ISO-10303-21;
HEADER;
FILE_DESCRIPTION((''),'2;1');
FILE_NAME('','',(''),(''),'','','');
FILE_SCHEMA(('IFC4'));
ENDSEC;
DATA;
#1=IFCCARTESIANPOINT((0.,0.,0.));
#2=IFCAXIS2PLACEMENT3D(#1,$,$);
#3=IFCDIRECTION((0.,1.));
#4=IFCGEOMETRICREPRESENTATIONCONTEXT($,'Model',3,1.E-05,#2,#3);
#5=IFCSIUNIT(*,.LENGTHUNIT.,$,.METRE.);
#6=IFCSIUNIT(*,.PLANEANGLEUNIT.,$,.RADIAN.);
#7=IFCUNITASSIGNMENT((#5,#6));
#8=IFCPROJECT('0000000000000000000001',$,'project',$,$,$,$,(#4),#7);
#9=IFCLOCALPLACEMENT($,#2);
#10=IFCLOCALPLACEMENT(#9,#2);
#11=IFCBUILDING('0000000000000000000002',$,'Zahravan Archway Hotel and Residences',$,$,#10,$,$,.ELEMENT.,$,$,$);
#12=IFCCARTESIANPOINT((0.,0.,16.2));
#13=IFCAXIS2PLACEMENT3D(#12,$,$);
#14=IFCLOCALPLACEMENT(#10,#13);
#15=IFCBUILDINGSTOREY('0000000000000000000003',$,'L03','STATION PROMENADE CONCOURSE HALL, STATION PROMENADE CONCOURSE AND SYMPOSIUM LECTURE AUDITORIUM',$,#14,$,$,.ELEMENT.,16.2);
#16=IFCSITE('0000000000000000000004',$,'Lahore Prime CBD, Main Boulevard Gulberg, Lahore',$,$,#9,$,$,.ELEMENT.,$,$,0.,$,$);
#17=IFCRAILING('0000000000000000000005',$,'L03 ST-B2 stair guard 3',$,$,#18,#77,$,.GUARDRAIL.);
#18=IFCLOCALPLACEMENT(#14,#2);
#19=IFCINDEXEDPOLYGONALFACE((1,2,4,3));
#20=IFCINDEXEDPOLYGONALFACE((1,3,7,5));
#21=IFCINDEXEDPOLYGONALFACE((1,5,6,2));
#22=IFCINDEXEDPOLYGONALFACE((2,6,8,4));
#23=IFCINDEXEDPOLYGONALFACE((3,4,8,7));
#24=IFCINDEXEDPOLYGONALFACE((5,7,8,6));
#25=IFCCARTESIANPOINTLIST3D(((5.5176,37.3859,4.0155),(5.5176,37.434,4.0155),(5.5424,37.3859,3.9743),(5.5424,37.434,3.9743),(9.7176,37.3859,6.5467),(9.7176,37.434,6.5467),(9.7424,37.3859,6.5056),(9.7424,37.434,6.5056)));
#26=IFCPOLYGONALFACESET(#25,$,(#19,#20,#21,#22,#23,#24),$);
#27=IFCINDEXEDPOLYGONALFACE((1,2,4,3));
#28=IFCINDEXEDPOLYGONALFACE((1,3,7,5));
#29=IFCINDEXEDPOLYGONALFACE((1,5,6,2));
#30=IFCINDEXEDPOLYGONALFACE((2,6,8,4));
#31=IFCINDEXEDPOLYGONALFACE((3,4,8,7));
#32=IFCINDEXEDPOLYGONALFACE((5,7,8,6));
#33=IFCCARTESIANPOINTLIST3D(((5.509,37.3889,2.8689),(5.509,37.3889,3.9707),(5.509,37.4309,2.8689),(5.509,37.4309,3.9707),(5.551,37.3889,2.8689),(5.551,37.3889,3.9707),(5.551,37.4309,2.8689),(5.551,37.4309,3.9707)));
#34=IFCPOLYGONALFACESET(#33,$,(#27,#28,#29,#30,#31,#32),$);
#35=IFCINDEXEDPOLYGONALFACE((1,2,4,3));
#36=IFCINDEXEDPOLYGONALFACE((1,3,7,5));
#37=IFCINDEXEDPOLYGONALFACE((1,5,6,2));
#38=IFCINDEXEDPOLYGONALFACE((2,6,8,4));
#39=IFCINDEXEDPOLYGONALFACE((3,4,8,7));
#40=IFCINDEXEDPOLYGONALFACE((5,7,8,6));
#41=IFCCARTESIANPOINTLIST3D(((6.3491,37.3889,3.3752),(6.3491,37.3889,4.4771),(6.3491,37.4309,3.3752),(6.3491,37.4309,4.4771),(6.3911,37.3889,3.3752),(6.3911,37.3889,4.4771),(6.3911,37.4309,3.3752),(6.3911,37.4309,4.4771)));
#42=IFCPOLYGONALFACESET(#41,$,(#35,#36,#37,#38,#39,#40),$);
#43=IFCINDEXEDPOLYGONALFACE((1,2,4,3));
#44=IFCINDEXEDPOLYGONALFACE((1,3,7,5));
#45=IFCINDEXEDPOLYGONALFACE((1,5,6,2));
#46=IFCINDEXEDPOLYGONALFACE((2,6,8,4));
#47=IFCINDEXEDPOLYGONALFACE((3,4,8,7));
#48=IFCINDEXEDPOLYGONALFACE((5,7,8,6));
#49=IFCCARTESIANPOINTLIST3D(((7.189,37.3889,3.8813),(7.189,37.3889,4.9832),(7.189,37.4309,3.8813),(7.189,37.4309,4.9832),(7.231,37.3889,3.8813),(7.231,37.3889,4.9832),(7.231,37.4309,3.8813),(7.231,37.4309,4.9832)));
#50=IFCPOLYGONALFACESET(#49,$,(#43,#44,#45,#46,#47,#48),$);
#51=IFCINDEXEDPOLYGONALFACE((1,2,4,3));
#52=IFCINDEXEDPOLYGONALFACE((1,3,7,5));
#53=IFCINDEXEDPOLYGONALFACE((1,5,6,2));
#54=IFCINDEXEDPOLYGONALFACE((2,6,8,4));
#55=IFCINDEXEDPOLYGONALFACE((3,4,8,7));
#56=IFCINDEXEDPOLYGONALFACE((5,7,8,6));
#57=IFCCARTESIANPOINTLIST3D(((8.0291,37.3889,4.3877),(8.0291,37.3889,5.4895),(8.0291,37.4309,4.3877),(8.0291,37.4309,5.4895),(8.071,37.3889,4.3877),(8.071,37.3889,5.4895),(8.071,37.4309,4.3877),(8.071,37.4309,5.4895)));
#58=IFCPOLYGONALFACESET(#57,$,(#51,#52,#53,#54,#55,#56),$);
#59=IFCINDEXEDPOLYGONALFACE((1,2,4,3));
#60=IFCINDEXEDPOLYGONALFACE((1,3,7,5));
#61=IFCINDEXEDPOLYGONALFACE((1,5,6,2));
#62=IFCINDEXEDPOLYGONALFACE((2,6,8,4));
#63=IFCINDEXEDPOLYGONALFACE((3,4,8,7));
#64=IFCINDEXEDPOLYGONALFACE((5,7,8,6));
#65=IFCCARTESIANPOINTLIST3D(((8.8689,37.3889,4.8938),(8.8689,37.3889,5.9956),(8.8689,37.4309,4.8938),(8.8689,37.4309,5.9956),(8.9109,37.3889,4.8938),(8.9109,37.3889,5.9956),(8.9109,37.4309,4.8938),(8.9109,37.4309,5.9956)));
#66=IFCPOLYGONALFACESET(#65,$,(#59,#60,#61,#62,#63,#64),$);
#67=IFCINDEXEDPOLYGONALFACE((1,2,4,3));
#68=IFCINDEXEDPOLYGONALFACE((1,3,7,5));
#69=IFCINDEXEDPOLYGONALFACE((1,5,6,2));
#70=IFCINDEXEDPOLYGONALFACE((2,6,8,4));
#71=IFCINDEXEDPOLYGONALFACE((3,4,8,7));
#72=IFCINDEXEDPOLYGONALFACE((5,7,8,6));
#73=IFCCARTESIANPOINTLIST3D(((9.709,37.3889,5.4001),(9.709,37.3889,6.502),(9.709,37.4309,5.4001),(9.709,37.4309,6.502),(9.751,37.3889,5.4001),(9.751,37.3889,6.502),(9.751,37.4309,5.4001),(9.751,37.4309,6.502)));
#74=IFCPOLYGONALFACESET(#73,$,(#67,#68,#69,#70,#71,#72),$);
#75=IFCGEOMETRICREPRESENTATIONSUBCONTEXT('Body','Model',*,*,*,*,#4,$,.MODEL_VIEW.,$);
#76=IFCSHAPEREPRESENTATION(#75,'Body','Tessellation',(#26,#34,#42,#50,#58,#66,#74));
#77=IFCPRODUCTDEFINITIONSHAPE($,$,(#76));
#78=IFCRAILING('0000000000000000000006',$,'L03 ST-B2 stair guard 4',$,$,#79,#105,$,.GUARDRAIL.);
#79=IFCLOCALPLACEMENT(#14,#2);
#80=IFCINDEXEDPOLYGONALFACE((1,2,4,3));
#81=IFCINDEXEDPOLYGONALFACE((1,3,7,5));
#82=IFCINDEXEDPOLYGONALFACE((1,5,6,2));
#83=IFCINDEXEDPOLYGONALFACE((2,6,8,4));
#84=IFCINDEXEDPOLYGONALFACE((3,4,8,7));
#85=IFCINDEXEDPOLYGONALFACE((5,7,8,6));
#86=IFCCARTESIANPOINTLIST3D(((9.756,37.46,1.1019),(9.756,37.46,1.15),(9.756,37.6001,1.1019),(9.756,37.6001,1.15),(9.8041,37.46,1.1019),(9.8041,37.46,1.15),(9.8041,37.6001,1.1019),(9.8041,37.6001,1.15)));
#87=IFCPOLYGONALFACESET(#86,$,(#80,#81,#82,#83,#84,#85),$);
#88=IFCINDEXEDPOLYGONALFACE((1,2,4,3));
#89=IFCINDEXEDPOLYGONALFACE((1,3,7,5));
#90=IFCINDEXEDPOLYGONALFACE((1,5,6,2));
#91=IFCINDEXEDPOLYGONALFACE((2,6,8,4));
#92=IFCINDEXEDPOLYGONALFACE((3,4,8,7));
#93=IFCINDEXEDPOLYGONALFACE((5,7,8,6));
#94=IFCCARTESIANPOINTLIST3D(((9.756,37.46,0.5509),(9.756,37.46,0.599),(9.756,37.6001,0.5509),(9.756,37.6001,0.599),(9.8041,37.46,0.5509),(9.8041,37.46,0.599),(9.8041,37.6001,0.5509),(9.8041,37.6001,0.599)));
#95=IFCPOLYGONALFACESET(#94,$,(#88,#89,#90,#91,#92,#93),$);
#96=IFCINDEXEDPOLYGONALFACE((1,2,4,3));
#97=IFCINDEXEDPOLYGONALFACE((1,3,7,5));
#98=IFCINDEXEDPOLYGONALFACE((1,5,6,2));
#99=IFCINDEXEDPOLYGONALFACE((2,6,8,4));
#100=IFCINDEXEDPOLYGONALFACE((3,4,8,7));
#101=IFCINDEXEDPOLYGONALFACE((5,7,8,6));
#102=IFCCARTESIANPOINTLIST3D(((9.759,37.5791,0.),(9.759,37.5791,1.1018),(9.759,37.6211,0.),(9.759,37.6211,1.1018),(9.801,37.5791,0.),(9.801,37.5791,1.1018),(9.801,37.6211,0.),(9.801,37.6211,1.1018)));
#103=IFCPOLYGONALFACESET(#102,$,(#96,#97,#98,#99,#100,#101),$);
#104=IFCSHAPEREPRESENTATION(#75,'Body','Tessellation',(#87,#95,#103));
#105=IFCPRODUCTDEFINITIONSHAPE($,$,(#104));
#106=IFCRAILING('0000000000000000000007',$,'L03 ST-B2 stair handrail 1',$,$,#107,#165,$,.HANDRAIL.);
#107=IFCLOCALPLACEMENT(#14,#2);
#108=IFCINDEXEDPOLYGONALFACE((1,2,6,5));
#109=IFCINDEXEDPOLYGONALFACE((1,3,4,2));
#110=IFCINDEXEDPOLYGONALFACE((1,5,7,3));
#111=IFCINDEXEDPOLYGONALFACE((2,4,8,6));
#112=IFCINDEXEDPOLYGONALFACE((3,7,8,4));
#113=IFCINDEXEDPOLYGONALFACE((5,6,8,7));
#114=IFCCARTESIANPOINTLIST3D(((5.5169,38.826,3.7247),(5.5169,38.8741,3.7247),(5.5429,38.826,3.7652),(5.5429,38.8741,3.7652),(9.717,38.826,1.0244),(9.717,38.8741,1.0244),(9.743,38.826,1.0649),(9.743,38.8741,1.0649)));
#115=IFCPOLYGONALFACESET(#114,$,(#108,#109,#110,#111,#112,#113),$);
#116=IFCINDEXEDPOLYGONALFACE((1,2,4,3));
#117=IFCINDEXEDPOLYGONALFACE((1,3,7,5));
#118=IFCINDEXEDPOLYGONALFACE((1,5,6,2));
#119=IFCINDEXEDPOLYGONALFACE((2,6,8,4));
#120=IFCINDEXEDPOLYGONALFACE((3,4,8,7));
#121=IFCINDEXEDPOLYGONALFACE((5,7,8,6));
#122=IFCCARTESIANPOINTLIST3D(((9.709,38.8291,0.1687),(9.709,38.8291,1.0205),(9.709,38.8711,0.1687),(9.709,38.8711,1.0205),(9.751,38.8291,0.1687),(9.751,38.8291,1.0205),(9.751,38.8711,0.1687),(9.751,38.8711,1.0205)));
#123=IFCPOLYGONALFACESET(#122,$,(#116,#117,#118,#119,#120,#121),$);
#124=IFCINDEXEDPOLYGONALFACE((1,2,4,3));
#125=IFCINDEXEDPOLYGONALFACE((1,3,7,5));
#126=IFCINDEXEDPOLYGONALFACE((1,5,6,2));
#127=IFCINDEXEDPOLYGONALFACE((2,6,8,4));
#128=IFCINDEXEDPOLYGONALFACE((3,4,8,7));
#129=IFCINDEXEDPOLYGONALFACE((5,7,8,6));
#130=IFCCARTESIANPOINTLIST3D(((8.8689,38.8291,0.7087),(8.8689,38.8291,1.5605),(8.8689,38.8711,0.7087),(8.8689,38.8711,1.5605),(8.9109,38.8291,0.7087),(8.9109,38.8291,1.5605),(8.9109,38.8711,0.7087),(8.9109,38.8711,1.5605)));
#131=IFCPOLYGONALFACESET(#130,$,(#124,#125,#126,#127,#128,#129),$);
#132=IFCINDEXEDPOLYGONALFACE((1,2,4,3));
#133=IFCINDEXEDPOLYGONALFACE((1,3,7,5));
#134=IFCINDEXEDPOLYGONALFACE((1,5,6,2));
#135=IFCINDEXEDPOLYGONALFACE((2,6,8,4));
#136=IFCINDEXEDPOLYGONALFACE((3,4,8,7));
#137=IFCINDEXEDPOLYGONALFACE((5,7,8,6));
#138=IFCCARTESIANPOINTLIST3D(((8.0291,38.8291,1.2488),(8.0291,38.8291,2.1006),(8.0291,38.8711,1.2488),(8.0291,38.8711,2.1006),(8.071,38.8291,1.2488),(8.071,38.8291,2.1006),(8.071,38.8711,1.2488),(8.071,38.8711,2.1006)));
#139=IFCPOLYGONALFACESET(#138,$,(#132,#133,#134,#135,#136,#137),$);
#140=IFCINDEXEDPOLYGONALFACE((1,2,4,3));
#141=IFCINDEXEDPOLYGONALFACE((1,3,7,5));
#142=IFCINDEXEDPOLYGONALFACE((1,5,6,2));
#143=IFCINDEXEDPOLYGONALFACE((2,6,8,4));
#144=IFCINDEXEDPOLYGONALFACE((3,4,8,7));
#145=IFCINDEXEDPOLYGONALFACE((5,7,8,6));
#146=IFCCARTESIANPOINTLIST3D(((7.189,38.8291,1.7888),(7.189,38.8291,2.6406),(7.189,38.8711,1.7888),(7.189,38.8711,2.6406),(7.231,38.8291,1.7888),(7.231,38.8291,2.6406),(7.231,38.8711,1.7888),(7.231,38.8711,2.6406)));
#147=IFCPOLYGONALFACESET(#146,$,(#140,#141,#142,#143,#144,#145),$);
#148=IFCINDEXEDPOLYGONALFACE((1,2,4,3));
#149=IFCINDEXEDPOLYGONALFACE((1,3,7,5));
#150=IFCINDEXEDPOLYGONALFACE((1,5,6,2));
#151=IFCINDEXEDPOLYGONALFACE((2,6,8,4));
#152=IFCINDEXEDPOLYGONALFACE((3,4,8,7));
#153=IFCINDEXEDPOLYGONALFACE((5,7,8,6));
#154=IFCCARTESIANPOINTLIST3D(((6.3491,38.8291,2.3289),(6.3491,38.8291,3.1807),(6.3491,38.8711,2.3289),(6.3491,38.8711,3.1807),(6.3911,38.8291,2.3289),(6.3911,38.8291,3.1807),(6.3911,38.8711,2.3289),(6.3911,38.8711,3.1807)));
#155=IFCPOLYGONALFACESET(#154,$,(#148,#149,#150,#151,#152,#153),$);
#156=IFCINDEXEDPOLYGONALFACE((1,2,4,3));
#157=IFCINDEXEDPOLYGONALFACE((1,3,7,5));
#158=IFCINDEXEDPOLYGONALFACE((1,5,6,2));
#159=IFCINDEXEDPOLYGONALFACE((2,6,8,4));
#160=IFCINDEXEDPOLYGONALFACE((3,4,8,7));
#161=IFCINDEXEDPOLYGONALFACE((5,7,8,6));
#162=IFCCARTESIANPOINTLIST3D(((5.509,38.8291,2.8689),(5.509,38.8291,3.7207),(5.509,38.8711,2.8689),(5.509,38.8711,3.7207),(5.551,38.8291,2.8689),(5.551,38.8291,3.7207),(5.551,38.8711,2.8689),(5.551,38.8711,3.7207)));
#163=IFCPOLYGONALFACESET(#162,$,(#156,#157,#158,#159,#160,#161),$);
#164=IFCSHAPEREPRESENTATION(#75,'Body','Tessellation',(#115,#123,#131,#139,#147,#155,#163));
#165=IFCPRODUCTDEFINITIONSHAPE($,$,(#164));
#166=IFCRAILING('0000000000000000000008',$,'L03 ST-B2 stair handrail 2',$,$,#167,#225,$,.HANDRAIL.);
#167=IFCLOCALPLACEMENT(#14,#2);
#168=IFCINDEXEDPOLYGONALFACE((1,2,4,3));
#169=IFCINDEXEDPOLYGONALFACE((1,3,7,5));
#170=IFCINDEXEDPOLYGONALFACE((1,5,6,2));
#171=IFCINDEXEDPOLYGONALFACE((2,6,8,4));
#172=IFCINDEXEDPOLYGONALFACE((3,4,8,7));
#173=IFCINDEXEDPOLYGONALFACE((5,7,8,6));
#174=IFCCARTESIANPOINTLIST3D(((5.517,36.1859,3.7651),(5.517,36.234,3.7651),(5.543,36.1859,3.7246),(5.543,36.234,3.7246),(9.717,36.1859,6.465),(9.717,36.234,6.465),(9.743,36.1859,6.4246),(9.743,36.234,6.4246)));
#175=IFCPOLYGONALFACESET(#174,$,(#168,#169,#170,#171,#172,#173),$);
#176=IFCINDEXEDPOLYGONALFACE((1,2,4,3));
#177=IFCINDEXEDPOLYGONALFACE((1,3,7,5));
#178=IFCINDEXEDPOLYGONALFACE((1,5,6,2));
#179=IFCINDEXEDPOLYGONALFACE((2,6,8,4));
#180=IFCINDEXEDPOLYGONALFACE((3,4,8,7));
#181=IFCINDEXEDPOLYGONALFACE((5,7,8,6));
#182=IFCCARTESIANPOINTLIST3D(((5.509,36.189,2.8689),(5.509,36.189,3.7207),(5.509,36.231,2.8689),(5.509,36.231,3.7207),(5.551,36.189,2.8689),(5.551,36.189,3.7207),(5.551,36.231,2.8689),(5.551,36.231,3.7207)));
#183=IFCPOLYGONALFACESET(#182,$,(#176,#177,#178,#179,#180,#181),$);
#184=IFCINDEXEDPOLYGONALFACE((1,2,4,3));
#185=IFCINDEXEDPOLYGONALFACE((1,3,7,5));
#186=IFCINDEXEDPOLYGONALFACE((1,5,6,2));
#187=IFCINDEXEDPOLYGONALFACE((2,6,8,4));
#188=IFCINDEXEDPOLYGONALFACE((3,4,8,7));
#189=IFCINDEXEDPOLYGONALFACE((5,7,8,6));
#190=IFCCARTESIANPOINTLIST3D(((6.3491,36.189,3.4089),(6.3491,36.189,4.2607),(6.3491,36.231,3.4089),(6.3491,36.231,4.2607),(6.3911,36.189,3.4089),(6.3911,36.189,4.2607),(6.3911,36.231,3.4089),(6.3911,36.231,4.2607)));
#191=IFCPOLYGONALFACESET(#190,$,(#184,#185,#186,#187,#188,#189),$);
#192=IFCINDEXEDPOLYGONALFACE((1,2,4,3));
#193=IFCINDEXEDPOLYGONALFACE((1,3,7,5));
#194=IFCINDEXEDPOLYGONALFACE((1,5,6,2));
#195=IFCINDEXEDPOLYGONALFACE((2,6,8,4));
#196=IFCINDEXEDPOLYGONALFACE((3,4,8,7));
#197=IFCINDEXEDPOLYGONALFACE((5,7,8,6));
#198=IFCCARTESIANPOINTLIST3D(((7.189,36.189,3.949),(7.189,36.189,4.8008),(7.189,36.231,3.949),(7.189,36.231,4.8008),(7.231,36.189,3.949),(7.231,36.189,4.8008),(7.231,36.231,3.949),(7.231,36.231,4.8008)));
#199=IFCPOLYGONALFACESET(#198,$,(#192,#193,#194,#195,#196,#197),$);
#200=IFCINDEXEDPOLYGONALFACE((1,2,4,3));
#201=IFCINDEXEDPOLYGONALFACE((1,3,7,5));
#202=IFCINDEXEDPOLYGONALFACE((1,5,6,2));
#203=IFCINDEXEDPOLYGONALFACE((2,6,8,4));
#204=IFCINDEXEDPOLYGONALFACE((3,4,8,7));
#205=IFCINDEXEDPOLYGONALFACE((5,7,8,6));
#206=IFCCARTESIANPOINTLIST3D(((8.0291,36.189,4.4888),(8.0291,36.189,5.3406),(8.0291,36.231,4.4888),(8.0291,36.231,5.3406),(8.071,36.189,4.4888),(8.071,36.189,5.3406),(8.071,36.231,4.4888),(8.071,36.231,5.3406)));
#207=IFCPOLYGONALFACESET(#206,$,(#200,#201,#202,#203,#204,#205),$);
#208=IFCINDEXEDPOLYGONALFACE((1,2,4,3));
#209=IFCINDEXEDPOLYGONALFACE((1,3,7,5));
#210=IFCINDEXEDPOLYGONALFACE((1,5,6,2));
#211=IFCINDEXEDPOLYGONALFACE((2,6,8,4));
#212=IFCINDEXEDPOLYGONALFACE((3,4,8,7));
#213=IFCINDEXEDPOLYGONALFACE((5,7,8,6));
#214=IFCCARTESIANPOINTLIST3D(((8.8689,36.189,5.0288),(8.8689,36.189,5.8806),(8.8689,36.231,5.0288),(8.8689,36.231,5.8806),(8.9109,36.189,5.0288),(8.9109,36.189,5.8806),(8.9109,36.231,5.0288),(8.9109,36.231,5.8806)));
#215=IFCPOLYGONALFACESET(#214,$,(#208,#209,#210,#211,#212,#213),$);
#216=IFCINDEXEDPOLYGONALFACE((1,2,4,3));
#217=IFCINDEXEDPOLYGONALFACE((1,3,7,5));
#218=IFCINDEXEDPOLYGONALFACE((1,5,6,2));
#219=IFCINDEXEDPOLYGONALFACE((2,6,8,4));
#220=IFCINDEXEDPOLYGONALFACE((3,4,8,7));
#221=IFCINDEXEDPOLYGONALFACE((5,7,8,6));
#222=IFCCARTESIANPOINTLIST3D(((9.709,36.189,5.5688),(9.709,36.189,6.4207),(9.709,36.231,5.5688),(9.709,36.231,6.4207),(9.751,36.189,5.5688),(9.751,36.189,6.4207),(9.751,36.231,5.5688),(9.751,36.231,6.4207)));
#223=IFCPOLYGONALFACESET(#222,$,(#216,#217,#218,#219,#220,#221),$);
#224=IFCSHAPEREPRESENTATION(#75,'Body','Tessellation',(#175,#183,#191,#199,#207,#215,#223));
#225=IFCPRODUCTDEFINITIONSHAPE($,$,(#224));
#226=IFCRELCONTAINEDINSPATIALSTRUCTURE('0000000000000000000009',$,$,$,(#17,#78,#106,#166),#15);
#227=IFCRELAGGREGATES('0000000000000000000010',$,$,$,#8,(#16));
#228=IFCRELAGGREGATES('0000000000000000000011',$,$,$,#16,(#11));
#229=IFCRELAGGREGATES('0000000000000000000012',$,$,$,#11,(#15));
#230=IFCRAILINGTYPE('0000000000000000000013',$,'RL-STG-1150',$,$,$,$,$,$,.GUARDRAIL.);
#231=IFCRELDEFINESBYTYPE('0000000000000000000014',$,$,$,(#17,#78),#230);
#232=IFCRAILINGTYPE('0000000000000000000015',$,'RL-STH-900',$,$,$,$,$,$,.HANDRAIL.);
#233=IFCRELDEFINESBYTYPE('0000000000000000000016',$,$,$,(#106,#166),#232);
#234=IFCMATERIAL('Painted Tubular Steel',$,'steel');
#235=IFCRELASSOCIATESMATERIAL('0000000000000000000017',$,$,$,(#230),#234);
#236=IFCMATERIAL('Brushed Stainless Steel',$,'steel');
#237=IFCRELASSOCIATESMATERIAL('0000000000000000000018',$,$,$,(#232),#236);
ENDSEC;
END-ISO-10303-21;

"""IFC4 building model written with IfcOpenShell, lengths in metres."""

from ifc_helpers import new_model, si_unit, direction, frame, origin, origin_2d, place, context, subcontext, project, spatial, rectangle, extrude, material, type_object, element, save


model = new_model("IFC4")

# Units and contexts
model_context = context("Model", 3, precision=1e-05, world=origin(), true_north=direction((0.0, 1.0)))
body_context = subcontext(model_context, "Body", "Model", "MODEL_VIEW")
ifc_project = project(units=[si_unit("LENGTHUNIT", "METRE"), si_unit("PLANEANGLEUNIT", "RADIAN")], contexts=[model_context])

# Site, building, storey
site_placement = place(None, origin())
site = spatial("IfcSite", under=ifc_project, at=site_placement, Name="Lahore Prime CBD, Main Boulevard Gulberg, Lahore", CompositionType="ELEMENT", RefElevation=0.0)
building_placement = place(site_placement, origin())
building = spatial("IfcBuilding", under=site, at=building_placement, Name="Zahravan Archway Hotel and Residences", CompositionType="ELEMENT")
storey_placement = place(building_placement, frame((0.0, 0.0, 16.2)))
storey = spatial("IfcBuildingStorey", under=building, at=storey_placement, Name="L03", Description="STATION PROMENADE CONCOURSE HALL, STATION PROMENADE CONCOURSE AND SYMPOSIUM LECTURE AUDITORIUM", CompositionType="ELEMENT", Elevation=16.2)

# Railings
ifc_material_1 = material(Name="Painted Tubular Steel", Category="steel")
railing_type_1 = type_object("IfcRailingType", Name="RL-STG-1150", PredefinedType="GUARDRAIL", material=ifc_material_1)
railing_1_placement = place(storey_placement, frame((5.53, 37.4099, 2.8689)))
element("IfcRailing", 1, at=railing_1_placement, inside=storey, type_object=railing_type_1, Name="L03 ST-B2 stair guard 3", PredefinedType="GUARDRAIL", context=body_context, shape_type="SweptSolid", body=[
    extrude(rectangle(XDim=0.0481, YDim=0.0481, at=origin_2d()), frame((0.0, 0.0, 1.126), z_axis=(0.856476, 0.0, 0.516186), x_axis=(0.0, 1.0, 0.0)), (0.0, 0.0, 1.0), 4.9038),
    extrude(rectangle(XDim=0.042, YDim=0.042, at=origin_2d()), origin(), (0.0, 0.0, 1.0), 1.1018),
    extrude(rectangle(XDim=0.042, YDim=0.042, at=origin_2d()), frame((0.8401, 0.0, 0.5063)), (0.0, 0.0, 1.0), 1.1018),
    extrude(rectangle(XDim=0.042, YDim=0.042, at=origin_2d()), frame((1.6799, 0.0, 1.0125)), (0.0, 0.0, 1.0), 1.1018),
    extrude(rectangle(XDim=0.042, YDim=0.042, at=origin_2d()), frame((2.52, 0.0, 1.5188)), (0.0, 0.0, 1.0), 1.1018),
    extrude(rectangle(XDim=0.042, YDim=0.042, at=origin_2d()), frame((3.3599, 0.0, 2.0249)), (0.0, 0.0, 1.0), 1.1018),
    extrude(rectangle(XDim=0.042, YDim=0.042, at=origin_2d()), frame((4.2, 0.0, 2.5312)), (0.0, 0.0, 1.0), 1.1018),
])
railing_2_placement = place(storey_placement, frame((9.78, 37.6001, 0.0)))
element("IfcRailing", 2, at=railing_2_placement, inside=storey, type_object=railing_type_1, Name="L03 ST-B2 stair guard 4", PredefinedType="GUARDRAIL", context=body_context, shape_type="SweptSolid", body=[
    extrude(rectangle(XDim=0.0481, YDim=0.0481, at=origin_2d()), frame((0.0, 0.0, 1.126), z_axis=(0.0, -1.0, 0.0), x_axis=(1.0, 0.0, 0.0)), (0.0, 0.0, 1.0), 0.1401),
    extrude(rectangle(XDim=0.0481, YDim=0.0481, at=origin_2d()), frame((0.0, 0.0, 0.575), z_axis=(0.0, -1.0, 0.0), x_axis=(1.0, 0.0, 0.0)), (0.0, 0.0, 1.0), 0.1401),
    extrude(rectangle(XDim=0.042, YDim=0.042, at=origin_2d()), origin(), (0.0, 0.0, 1.0), 1.1018),
])
ifc_material_2 = material(Name="Brushed Stainless Steel", Category="steel")
railing_type_2 = type_object("IfcRailingType", Name="RL-STH-900", PredefinedType="HANDRAIL", material=ifc_material_2)
railing_3_placement = place(storey_placement, frame((9.73, 38.8501, 0.1687)))
element("IfcRailing", 3, at=railing_3_placement, inside=storey, type_object=railing_type_2, Name="L03 ST-B2 stair handrail 1", PredefinedType="HANDRAIL", context=body_context, shape_type="SweptSolid", body=[
    extrude(rectangle(XDim=0.0481, YDim=0.0481, at=origin_2d()), frame((0.0, 0.0, 0.876), z_axis=(-0.841158, 0.0, 0.54079), x_axis=(0.0, -1.0, 0.0)), (0.0, 0.0, 1.0), 4.9932),
    extrude(rectangle(XDim=0.042, YDim=0.042, at=origin_2d()), origin(), (0.0, 0.0, 1.0), 0.8518),
    extrude(rectangle(XDim=0.042, YDim=0.042, at=origin_2d()), frame((-0.8401, 0.0, 0.54)), (0.0, 0.0, 1.0), 0.8518),
    extrude(rectangle(XDim=0.042, YDim=0.042, at=origin_2d()), frame((-1.6799, 0.0, 1.0801)), (0.0, 0.0, 1.0), 0.8518),
    extrude(rectangle(XDim=0.042, YDim=0.042, at=origin_2d()), frame((-2.52, 0.0, 1.6201)), (0.0, 0.0, 1.0), 0.8518),
    extrude(rectangle(XDim=0.042, YDim=0.042, at=origin_2d()), frame((-3.3599, 0.0, 2.1602)), (0.0, 0.0, 1.0), 0.8518),
    extrude(rectangle(XDim=0.042, YDim=0.042, at=origin_2d()), frame((-4.2, 0.0, 2.7002)), (0.0, 0.0, 1.0), 0.8518),
])
railing_4_placement = place(storey_placement, frame((5.53, 36.21, 2.8689)))
element("IfcRailing", 4, at=railing_4_placement, inside=storey, type_object=railing_type_2, Name="L03 ST-B2 stair handrail 2", PredefinedType="HANDRAIL", context=body_context, shape_type="SweptSolid", body=[
    extrude(rectangle(XDim=0.0481, YDim=0.0481, at=origin_2d()), frame((0.0, 0.0, 0.876), z_axis=(0.84118, 0.0, 0.540755), x_axis=(0.0, 1.0, 0.0)), (0.0, 0.0, 1.0), 4.9929),
    extrude(rectangle(XDim=0.042, YDim=0.042, at=origin_2d()), origin(), (0.0, 0.0, 1.0), 0.8518),
    extrude(rectangle(XDim=0.042, YDim=0.042, at=origin_2d()), frame((0.8401, 0.0, 0.54)), (0.0, 0.0, 1.0), 0.8518),
    extrude(rectangle(XDim=0.042, YDim=0.042, at=origin_2d()), frame((1.6799, 0.0, 1.0801)), (0.0, 0.0, 1.0), 0.8518),
    extrude(rectangle(XDim=0.042, YDim=0.042, at=origin_2d()), frame((2.52, 0.0, 1.6199)), (0.0, 0.0, 1.0), 0.8518),
    extrude(rectangle(XDim=0.042, YDim=0.042, at=origin_2d()), frame((3.3599, 0.0, 2.1599)), (0.0, 0.0, 1.0), 0.8518),
    extrude(rectangle(XDim=0.042, YDim=0.042, at=origin_2d()), frame((4.2, 0.0, 2.7)), (0.0, 0.0, 1.0), 0.8518),
])

save(model, "model.ifc")
